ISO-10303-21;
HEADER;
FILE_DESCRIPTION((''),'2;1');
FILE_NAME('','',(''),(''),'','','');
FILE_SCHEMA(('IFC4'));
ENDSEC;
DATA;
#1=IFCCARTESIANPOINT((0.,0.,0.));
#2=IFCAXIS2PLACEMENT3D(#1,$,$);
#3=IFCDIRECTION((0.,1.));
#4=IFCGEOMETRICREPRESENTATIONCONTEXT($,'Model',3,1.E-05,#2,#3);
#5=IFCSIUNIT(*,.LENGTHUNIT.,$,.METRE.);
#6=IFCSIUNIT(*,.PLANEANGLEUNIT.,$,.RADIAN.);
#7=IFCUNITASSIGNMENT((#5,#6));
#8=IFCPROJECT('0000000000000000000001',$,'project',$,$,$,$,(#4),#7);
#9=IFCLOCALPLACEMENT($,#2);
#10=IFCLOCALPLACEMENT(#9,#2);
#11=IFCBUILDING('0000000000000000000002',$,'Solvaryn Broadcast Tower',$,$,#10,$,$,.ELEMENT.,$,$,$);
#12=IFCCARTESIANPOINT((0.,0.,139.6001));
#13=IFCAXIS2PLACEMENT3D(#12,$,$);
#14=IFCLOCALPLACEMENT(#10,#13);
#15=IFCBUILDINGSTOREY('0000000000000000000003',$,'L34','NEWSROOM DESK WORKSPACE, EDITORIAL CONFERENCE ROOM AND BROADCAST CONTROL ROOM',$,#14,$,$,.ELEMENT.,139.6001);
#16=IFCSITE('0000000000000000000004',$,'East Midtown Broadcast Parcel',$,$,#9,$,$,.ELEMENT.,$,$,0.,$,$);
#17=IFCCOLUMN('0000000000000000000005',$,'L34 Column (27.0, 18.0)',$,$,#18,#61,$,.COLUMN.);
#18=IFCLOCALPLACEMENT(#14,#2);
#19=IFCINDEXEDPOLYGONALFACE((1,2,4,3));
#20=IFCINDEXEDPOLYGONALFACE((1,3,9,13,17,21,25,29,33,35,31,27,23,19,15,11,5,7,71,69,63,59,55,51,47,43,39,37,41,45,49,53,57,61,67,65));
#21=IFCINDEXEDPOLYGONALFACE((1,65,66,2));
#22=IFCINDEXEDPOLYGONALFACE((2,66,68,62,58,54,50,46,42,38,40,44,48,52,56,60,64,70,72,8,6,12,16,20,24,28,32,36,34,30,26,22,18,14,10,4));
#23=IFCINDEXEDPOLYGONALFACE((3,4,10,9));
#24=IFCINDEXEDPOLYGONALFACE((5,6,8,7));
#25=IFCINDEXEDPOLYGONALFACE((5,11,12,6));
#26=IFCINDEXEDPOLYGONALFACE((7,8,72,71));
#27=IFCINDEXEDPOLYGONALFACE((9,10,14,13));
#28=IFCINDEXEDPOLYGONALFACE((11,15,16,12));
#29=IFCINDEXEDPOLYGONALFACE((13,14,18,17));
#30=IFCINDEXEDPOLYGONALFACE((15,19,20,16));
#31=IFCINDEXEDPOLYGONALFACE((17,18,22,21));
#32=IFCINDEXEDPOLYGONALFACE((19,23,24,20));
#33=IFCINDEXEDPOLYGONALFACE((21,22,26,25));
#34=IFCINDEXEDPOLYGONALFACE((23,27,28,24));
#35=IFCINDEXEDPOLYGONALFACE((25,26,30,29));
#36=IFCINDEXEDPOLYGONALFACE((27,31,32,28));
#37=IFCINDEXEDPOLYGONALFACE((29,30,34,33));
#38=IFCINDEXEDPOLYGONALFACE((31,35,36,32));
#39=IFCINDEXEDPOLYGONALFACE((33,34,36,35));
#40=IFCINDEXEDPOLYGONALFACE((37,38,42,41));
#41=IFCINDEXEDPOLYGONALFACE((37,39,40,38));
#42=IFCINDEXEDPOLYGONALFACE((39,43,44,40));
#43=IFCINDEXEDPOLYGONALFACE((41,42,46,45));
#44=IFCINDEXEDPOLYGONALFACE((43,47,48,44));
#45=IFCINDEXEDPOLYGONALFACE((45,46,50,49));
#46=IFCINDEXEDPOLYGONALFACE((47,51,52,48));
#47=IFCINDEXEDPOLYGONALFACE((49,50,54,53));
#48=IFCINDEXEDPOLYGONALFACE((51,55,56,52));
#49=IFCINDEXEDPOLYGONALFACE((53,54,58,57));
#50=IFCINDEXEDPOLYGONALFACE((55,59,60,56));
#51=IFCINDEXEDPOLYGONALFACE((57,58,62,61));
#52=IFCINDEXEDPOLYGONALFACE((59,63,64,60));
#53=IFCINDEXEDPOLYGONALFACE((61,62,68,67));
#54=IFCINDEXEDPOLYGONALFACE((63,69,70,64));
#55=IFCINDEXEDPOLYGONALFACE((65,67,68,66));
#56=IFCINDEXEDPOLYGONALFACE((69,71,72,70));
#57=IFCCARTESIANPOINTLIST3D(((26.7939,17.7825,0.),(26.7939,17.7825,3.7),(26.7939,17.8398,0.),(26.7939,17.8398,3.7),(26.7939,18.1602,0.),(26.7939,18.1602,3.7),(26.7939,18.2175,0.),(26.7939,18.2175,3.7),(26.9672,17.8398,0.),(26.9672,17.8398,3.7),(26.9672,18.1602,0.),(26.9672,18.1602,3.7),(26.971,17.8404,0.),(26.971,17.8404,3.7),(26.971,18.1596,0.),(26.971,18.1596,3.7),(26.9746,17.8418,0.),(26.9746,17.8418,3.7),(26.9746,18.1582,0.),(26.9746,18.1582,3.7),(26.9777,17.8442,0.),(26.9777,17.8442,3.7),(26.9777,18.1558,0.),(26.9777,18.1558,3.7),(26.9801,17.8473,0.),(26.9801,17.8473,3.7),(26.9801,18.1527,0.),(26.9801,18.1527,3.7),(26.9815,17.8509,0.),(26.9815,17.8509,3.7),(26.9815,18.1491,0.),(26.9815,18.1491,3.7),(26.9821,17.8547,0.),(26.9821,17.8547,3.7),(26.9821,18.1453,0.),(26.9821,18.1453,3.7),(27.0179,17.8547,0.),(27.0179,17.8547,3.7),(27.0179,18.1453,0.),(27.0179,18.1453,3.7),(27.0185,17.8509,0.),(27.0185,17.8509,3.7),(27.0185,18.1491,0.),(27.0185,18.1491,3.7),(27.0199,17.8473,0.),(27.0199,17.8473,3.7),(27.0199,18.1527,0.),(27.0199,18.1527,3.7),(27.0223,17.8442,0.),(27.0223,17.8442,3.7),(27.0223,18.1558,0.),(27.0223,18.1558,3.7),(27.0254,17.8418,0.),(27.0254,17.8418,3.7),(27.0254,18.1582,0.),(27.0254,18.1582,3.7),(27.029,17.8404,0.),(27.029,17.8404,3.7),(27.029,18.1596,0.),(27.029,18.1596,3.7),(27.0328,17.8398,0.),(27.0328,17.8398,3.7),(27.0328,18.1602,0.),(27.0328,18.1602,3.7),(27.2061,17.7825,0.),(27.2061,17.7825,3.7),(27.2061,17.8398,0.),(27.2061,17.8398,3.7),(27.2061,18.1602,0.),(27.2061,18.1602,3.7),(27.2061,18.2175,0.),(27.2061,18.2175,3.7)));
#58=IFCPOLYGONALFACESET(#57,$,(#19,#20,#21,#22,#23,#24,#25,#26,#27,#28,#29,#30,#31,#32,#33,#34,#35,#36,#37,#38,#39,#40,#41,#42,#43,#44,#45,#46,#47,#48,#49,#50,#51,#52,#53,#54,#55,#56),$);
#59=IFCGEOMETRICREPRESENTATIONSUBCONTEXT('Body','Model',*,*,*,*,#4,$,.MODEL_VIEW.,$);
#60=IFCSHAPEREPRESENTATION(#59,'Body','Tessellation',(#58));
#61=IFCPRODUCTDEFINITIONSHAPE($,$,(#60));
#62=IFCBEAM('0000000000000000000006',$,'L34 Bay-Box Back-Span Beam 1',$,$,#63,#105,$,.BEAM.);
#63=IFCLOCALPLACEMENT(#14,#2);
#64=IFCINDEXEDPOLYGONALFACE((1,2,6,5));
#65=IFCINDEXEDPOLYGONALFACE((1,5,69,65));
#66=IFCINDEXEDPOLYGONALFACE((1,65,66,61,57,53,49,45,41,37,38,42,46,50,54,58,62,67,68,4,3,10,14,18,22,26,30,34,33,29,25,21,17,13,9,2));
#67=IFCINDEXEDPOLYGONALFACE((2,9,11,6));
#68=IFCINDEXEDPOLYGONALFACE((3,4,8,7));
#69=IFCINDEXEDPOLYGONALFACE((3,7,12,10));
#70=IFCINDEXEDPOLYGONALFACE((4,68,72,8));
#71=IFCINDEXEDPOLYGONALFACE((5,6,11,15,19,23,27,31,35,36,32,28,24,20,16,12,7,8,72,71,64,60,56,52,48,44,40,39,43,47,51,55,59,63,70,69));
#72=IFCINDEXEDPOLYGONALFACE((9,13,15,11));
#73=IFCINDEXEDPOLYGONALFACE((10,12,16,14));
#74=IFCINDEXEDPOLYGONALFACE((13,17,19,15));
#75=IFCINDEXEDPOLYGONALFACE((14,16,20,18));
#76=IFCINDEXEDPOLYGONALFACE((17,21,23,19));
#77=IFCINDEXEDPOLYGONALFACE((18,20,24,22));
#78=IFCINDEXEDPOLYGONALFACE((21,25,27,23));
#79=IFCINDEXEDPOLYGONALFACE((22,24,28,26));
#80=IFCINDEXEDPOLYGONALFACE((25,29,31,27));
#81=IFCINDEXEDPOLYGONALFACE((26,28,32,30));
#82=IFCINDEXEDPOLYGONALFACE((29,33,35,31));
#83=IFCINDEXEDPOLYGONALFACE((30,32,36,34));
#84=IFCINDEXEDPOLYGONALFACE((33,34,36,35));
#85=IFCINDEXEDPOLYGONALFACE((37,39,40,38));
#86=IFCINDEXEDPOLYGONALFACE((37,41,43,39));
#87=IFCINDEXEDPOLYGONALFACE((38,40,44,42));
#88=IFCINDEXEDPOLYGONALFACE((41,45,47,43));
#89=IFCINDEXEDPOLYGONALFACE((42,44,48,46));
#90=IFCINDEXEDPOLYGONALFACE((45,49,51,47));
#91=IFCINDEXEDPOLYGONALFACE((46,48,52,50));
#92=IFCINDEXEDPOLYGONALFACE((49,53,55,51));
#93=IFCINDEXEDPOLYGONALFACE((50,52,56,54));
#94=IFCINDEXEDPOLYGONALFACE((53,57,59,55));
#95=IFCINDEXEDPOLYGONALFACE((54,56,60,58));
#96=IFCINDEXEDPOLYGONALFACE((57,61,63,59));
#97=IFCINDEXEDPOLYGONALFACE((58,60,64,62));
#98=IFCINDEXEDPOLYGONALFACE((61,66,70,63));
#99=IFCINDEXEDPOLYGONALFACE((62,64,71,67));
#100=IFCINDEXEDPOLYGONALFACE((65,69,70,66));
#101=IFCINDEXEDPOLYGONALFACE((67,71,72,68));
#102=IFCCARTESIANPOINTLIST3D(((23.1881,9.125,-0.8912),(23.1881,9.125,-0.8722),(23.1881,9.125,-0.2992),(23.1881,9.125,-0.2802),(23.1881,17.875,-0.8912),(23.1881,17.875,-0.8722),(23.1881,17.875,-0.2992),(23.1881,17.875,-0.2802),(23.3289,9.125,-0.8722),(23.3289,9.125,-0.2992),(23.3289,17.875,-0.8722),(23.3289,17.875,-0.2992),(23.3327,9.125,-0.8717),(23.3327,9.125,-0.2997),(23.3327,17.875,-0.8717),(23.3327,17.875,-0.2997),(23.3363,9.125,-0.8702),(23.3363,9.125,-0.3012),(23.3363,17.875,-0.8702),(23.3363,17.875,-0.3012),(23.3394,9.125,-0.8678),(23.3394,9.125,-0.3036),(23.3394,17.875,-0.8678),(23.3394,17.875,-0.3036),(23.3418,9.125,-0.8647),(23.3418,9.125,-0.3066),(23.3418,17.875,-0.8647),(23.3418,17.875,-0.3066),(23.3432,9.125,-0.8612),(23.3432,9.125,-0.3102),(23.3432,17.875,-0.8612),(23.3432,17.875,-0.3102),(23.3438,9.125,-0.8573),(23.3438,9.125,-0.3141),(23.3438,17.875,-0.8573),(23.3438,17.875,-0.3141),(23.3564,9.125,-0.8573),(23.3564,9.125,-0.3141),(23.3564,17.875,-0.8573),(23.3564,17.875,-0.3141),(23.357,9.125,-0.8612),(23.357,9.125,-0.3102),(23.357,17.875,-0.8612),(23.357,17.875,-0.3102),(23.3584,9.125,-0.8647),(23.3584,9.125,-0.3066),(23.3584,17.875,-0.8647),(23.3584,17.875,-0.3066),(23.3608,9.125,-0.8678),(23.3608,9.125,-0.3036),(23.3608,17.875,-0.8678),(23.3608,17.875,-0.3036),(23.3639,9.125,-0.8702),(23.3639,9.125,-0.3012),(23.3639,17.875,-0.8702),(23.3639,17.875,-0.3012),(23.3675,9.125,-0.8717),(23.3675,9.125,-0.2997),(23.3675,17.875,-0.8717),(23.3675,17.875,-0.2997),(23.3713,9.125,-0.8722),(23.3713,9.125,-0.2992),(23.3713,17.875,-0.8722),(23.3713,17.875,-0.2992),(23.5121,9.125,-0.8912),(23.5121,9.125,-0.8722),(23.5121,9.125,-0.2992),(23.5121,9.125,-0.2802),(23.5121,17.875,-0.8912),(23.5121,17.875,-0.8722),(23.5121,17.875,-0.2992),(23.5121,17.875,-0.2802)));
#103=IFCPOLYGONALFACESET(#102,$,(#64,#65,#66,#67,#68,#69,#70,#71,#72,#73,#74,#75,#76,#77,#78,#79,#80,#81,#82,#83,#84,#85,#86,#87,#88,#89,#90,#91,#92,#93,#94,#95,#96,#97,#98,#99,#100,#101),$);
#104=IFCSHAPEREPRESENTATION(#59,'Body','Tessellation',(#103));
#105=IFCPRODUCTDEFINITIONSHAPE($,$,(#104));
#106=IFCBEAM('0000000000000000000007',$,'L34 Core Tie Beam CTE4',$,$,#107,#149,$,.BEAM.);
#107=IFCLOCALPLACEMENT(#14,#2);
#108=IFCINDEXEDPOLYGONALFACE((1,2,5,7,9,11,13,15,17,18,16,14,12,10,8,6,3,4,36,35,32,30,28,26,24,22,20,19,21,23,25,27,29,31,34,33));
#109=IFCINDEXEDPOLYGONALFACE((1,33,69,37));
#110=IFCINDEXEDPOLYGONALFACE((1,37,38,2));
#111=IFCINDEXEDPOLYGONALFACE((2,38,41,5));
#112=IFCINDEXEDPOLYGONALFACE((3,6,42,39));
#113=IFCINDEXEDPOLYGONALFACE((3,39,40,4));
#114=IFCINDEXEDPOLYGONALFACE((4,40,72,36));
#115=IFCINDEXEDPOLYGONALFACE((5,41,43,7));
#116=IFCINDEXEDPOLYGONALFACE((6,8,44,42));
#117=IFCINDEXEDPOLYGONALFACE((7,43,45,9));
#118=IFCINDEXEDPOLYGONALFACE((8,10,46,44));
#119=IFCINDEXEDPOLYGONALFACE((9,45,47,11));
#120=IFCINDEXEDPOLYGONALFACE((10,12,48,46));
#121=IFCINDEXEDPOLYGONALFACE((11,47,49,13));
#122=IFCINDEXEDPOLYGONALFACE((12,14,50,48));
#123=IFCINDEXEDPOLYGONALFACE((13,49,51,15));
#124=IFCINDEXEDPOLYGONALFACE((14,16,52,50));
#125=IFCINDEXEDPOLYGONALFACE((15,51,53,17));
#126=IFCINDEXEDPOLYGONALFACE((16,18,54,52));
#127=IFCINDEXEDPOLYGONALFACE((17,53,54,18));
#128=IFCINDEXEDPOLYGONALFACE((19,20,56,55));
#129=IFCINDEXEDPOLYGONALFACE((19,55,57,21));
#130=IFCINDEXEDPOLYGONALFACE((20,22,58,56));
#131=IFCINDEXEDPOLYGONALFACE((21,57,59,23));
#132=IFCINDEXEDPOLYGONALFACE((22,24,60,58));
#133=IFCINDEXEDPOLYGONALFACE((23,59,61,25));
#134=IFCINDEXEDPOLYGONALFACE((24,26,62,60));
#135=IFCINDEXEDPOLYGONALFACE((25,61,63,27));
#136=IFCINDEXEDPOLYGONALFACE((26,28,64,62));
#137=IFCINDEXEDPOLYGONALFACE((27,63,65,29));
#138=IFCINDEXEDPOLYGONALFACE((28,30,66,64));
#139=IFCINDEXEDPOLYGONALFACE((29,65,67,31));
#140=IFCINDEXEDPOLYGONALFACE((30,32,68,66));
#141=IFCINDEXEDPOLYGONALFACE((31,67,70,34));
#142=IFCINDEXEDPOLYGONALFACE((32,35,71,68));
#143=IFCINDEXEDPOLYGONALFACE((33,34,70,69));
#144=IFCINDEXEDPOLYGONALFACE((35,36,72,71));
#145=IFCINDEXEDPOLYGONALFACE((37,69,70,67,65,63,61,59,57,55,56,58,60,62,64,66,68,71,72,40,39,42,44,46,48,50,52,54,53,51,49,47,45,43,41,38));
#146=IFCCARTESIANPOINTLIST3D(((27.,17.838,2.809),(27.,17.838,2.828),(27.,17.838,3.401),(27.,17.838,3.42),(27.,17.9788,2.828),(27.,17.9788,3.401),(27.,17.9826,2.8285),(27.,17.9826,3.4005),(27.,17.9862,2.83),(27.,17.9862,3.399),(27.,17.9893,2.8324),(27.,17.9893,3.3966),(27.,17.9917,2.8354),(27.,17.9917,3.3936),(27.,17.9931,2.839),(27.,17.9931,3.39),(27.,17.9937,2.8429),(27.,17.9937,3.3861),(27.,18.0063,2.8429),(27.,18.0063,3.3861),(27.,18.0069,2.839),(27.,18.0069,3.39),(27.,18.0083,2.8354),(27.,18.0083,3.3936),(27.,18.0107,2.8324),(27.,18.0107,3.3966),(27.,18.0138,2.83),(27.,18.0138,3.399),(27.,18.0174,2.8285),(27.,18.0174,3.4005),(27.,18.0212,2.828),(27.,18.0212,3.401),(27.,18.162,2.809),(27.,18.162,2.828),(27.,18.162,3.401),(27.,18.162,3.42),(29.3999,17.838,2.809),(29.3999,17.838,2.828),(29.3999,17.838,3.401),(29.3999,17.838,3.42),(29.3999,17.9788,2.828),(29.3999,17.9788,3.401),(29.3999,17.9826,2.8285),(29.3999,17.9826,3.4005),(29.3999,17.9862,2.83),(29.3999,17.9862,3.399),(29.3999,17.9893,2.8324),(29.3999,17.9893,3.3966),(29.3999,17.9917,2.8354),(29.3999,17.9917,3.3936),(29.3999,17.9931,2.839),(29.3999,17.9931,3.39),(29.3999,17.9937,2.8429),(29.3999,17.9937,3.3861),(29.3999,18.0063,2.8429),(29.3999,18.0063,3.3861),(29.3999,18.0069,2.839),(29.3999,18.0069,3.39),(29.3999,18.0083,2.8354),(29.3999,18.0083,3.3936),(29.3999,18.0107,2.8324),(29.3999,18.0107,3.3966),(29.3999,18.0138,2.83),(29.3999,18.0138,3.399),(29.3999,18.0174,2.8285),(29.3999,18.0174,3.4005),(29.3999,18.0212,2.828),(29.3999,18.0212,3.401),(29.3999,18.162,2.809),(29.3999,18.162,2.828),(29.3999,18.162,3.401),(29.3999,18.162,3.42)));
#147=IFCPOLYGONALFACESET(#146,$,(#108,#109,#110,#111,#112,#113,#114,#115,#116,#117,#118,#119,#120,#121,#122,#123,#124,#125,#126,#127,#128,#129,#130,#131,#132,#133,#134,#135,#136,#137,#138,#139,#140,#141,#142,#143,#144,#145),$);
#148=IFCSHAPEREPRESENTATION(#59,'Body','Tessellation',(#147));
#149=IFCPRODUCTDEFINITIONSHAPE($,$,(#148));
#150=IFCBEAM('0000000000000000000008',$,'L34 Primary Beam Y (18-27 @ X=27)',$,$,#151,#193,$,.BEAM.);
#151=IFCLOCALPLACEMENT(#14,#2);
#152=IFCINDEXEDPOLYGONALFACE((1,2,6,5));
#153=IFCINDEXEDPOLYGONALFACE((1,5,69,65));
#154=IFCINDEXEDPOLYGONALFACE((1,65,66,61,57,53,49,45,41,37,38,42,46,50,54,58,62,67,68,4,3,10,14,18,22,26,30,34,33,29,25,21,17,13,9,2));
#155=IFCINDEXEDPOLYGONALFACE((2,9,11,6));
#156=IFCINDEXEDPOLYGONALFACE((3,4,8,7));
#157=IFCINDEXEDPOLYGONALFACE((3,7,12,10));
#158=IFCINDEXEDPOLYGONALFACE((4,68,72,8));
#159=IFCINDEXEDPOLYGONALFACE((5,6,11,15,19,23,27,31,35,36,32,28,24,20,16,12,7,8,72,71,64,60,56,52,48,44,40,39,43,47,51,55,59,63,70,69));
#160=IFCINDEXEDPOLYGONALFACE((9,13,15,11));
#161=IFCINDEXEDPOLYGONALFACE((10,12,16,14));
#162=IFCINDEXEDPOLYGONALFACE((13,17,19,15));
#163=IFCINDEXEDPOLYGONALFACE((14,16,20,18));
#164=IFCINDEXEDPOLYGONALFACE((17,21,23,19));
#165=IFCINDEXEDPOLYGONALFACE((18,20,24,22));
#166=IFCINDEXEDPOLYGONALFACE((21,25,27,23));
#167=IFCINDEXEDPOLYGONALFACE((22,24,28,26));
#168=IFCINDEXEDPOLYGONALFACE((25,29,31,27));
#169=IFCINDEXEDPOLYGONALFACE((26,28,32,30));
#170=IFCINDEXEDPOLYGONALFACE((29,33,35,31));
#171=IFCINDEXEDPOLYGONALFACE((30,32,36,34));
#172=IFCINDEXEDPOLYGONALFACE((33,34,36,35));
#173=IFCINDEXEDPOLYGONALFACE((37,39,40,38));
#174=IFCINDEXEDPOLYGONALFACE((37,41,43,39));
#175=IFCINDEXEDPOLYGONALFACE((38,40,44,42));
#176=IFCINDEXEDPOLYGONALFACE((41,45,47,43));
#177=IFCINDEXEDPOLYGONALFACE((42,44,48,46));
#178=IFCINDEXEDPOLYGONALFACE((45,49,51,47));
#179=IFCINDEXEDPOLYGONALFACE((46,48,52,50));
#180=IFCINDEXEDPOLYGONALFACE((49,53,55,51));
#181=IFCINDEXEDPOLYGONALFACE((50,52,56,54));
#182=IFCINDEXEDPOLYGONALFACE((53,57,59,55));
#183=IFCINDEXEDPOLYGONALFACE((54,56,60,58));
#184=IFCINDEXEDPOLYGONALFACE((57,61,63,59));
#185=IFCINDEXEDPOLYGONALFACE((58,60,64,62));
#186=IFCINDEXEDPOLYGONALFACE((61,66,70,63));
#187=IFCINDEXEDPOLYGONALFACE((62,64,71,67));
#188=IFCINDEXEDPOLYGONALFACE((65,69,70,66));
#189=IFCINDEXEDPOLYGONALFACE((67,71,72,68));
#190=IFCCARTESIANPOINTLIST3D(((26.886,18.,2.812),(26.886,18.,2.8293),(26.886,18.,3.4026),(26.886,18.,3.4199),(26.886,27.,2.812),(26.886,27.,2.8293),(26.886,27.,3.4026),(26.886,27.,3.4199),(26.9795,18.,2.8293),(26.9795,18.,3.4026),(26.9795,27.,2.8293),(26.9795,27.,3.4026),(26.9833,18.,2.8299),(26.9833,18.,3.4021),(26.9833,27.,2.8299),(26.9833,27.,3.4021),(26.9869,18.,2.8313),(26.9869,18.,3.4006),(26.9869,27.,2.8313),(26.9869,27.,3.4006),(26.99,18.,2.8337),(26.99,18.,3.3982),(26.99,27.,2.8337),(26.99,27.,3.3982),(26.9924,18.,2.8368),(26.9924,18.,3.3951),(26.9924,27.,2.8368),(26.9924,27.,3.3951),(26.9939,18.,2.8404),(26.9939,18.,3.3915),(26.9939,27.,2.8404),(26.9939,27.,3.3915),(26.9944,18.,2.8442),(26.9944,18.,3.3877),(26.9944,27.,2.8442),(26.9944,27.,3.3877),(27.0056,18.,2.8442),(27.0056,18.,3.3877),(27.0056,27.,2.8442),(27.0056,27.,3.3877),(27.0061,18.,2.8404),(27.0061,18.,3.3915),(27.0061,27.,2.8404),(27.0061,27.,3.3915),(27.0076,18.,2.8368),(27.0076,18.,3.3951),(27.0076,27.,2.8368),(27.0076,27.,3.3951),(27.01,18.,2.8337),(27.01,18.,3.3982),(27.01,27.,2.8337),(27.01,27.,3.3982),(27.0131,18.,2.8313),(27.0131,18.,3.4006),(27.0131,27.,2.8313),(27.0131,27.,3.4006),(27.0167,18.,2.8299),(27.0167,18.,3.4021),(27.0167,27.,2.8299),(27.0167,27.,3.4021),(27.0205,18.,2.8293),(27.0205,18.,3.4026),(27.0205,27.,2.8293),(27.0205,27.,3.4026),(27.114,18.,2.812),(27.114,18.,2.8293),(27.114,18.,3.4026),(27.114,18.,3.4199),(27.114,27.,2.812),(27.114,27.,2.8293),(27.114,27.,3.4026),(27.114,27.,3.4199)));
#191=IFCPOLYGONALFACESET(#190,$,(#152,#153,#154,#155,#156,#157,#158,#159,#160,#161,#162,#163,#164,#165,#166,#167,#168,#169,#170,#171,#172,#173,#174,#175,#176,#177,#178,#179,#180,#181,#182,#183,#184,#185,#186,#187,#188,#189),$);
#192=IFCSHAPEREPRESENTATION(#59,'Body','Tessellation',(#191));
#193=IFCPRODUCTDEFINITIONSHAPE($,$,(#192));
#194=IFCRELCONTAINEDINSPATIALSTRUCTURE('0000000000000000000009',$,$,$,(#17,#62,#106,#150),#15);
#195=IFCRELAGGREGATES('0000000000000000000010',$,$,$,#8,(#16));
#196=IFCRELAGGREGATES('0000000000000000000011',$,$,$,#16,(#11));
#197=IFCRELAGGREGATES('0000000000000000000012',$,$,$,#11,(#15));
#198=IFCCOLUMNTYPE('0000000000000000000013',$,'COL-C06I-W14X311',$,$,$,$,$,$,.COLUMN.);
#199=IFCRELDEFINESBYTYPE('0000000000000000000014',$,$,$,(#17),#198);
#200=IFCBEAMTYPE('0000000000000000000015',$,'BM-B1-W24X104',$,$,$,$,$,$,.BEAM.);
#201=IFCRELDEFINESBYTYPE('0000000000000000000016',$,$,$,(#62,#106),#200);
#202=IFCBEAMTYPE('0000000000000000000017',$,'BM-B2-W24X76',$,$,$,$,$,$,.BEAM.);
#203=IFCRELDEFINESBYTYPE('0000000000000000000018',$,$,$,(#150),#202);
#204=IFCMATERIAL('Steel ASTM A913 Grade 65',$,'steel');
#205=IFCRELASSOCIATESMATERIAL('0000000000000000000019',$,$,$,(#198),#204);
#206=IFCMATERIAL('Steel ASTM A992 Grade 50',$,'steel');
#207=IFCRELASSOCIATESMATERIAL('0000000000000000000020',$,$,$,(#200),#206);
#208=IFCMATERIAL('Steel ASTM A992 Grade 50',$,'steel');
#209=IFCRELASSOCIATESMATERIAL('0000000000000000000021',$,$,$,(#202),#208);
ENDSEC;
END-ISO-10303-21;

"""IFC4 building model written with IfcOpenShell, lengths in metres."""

from ifc_helpers import new_model, si_unit, direction, frame, origin, origin_2d, place, context, subcontext, project, spatial, i_section, extrude, material, material_profile, profile_set, type_object, element, save


model = new_model("IFC4")

# Units and contexts
model_context = context("Model", 3, precision=1e-05, world=origin(), true_north=direction((0.0, 1.0)))
body_context = subcontext(model_context, "Body", "Model", "MODEL_VIEW")
ifc_project = project(units=[si_unit("LENGTHUNIT", "METRE"), si_unit("PLANEANGLEUNIT", "RADIAN")], contexts=[model_context])

# Site, building, storey
site_placement = place(None, origin())
site = spatial("IfcSite", under=ifc_project, at=site_placement, Name="East Midtown Broadcast Parcel", CompositionType="ELEMENT", RefElevation=0.0)
building_placement = place(site_placement, origin())
building = spatial("IfcBuilding", under=site, at=building_placement, Name="Solvaryn Broadcast Tower", CompositionType="ELEMENT")
storey_placement = place(building_placement, frame((0.0, 0.0, 139.6001)))
storey = spatial("IfcBuildingStorey", under=building, at=storey_placement, Name="L34", Description="NEWSROOM DESK WORKSPACE, EDITORIAL CONFERENCE ROOM AND BROADCAST CONTROL ROOM", CompositionType="ELEMENT", Elevation=139.6001)

# Column
ifc_material_1 = material(Name="Steel ASTM A913 Grade 65", Category="steel")
ifc_material_profile_1 = material_profile(ifc_material_1, i_section(OverallWidth=0.4121, OverallDepth=0.4351, WebThickness=0.0359, FlangeThickness=0.0574, FilletRadius=0.0149, at=origin_2d()))
ifc_profile_set_1 = profile_set([ifc_material_profile_1], Name="Steel ASTM A913 Grade 65")
column_type = type_object("IfcColumnType", Name="COL-C06I-W14X311", PredefinedType="COLUMN", material=ifc_profile_set_1)
column_placement = place(storey_placement, frame((27.0, 18.0, 0.0), z_axis=(0.0, 0.0, 1.0), x_axis=(1.0, 0.0, 0.0)))
element("IfcColumn", 1, at=column_placement, inside=storey, type_object=column_type, Name="L34 Column (27.0, 18.0)", PredefinedType="COLUMN", context=body_context, shape_type="SweptSolid", body=[
    extrude(i_section(OverallWidth=0.4121, OverallDepth=0.4351, WebThickness=0.0359, FlangeThickness=0.0574, FilletRadius=0.0149, at=origin_2d()), origin(), (0.0, 0.0, 1.0), 3.7),
])

# Beams
ifc_material_2 = material(Name="Steel ASTM A992 Grade 50", Category="steel")
ifc_material_profile_2 = material_profile(ifc_material_2, i_section(OverallWidth=0.324, OverallDepth=0.6111, WebThickness=0.0127, FlangeThickness=0.019, FilletRadius=0.0149, at=origin_2d()))
ifc_profile_set_2 = profile_set([ifc_material_profile_2], Name="Steel ASTM A992 Grade 50")
beam_type_1 = type_object("IfcBeamType", Name="BM-B1-W24X104", PredefinedType="BEAM", material=ifc_profile_set_2)
beam_1_placement = place(storey_placement, frame((23.3501, 17.875, -0.5857), z_axis=(0.0, -1.0, 0.0), x_axis=(1.0, 0.0, 0.0)))
element("IfcBeam", 2, at=beam_1_placement, inside=storey, type_object=beam_type_1, Name="L34 Bay-Box Back-Span Beam 1", PredefinedType="BEAM", context=body_context, shape_type="SweptSolid", body=[
    extrude(i_section(OverallWidth=0.324, OverallDepth=0.6111, WebThickness=0.0127, FlangeThickness=0.019, FilletRadius=0.0149, at=origin_2d()), origin(), (0.0, 0.0, 1.0), 8.75),
])
beam_2_placement = place(storey_placement, frame((27.0, 18.0, 3.1145), z_axis=(1.0, 0.0, 0.0), x_axis=(0.0, 1.0, 0.0)))
element("IfcBeam", 3, at=beam_2_placement, inside=storey, type_object=beam_type_1, Name="L34 Core Tie Beam CTE4", PredefinedType="BEAM", context=body_context, shape_type="SweptSolid", body=[
    extrude(i_section(OverallWidth=0.324, OverallDepth=0.6111, WebThickness=0.0127, FlangeThickness=0.019, FilletRadius=0.0149, at=origin_2d()), origin(), (0.0, 0.0, 1.0), 2.3999),
])
ifc_material_3 = material(Name="Steel ASTM A992 Grade 50", Category="steel")
ifc_material_profile_3 = material_profile(ifc_material_3, i_section(OverallWidth=0.228, OverallDepth=0.6079, WebThickness=0.0112, FlangeThickness=0.0173, FilletRadius=0.0149, at=origin_2d()))
ifc_profile_set_3 = profile_set([ifc_material_profile_3], Name="Steel ASTM A992 Grade 50")
beam_type_2 = type_object("IfcBeamType", Name="BM-B2-W24X76", PredefinedType="BEAM", material=ifc_profile_set_3)
beam_3_placement = place(storey_placement, frame((27.0, 18.0, 3.116), z_axis=(0.0, 1.0, 0.0), x_axis=(-1.0, 0.0, 0.0)))
element("IfcBeam", 4, at=beam_3_placement, inside=storey, type_object=beam_type_2, Name="L34 Primary Beam Y (18-27 @ X=27)", PredefinedType="BEAM", context=body_context, shape_type="SweptSolid", body=[
    extrude(i_section(OverallWidth=0.228, OverallDepth=0.6079, WebThickness=0.0112, FlangeThickness=0.0173, FilletRadius=0.0149, at=origin_2d()), origin(), (0.0, 0.0, 1.0), 9.0),
])

save(model, "model.ifc")
